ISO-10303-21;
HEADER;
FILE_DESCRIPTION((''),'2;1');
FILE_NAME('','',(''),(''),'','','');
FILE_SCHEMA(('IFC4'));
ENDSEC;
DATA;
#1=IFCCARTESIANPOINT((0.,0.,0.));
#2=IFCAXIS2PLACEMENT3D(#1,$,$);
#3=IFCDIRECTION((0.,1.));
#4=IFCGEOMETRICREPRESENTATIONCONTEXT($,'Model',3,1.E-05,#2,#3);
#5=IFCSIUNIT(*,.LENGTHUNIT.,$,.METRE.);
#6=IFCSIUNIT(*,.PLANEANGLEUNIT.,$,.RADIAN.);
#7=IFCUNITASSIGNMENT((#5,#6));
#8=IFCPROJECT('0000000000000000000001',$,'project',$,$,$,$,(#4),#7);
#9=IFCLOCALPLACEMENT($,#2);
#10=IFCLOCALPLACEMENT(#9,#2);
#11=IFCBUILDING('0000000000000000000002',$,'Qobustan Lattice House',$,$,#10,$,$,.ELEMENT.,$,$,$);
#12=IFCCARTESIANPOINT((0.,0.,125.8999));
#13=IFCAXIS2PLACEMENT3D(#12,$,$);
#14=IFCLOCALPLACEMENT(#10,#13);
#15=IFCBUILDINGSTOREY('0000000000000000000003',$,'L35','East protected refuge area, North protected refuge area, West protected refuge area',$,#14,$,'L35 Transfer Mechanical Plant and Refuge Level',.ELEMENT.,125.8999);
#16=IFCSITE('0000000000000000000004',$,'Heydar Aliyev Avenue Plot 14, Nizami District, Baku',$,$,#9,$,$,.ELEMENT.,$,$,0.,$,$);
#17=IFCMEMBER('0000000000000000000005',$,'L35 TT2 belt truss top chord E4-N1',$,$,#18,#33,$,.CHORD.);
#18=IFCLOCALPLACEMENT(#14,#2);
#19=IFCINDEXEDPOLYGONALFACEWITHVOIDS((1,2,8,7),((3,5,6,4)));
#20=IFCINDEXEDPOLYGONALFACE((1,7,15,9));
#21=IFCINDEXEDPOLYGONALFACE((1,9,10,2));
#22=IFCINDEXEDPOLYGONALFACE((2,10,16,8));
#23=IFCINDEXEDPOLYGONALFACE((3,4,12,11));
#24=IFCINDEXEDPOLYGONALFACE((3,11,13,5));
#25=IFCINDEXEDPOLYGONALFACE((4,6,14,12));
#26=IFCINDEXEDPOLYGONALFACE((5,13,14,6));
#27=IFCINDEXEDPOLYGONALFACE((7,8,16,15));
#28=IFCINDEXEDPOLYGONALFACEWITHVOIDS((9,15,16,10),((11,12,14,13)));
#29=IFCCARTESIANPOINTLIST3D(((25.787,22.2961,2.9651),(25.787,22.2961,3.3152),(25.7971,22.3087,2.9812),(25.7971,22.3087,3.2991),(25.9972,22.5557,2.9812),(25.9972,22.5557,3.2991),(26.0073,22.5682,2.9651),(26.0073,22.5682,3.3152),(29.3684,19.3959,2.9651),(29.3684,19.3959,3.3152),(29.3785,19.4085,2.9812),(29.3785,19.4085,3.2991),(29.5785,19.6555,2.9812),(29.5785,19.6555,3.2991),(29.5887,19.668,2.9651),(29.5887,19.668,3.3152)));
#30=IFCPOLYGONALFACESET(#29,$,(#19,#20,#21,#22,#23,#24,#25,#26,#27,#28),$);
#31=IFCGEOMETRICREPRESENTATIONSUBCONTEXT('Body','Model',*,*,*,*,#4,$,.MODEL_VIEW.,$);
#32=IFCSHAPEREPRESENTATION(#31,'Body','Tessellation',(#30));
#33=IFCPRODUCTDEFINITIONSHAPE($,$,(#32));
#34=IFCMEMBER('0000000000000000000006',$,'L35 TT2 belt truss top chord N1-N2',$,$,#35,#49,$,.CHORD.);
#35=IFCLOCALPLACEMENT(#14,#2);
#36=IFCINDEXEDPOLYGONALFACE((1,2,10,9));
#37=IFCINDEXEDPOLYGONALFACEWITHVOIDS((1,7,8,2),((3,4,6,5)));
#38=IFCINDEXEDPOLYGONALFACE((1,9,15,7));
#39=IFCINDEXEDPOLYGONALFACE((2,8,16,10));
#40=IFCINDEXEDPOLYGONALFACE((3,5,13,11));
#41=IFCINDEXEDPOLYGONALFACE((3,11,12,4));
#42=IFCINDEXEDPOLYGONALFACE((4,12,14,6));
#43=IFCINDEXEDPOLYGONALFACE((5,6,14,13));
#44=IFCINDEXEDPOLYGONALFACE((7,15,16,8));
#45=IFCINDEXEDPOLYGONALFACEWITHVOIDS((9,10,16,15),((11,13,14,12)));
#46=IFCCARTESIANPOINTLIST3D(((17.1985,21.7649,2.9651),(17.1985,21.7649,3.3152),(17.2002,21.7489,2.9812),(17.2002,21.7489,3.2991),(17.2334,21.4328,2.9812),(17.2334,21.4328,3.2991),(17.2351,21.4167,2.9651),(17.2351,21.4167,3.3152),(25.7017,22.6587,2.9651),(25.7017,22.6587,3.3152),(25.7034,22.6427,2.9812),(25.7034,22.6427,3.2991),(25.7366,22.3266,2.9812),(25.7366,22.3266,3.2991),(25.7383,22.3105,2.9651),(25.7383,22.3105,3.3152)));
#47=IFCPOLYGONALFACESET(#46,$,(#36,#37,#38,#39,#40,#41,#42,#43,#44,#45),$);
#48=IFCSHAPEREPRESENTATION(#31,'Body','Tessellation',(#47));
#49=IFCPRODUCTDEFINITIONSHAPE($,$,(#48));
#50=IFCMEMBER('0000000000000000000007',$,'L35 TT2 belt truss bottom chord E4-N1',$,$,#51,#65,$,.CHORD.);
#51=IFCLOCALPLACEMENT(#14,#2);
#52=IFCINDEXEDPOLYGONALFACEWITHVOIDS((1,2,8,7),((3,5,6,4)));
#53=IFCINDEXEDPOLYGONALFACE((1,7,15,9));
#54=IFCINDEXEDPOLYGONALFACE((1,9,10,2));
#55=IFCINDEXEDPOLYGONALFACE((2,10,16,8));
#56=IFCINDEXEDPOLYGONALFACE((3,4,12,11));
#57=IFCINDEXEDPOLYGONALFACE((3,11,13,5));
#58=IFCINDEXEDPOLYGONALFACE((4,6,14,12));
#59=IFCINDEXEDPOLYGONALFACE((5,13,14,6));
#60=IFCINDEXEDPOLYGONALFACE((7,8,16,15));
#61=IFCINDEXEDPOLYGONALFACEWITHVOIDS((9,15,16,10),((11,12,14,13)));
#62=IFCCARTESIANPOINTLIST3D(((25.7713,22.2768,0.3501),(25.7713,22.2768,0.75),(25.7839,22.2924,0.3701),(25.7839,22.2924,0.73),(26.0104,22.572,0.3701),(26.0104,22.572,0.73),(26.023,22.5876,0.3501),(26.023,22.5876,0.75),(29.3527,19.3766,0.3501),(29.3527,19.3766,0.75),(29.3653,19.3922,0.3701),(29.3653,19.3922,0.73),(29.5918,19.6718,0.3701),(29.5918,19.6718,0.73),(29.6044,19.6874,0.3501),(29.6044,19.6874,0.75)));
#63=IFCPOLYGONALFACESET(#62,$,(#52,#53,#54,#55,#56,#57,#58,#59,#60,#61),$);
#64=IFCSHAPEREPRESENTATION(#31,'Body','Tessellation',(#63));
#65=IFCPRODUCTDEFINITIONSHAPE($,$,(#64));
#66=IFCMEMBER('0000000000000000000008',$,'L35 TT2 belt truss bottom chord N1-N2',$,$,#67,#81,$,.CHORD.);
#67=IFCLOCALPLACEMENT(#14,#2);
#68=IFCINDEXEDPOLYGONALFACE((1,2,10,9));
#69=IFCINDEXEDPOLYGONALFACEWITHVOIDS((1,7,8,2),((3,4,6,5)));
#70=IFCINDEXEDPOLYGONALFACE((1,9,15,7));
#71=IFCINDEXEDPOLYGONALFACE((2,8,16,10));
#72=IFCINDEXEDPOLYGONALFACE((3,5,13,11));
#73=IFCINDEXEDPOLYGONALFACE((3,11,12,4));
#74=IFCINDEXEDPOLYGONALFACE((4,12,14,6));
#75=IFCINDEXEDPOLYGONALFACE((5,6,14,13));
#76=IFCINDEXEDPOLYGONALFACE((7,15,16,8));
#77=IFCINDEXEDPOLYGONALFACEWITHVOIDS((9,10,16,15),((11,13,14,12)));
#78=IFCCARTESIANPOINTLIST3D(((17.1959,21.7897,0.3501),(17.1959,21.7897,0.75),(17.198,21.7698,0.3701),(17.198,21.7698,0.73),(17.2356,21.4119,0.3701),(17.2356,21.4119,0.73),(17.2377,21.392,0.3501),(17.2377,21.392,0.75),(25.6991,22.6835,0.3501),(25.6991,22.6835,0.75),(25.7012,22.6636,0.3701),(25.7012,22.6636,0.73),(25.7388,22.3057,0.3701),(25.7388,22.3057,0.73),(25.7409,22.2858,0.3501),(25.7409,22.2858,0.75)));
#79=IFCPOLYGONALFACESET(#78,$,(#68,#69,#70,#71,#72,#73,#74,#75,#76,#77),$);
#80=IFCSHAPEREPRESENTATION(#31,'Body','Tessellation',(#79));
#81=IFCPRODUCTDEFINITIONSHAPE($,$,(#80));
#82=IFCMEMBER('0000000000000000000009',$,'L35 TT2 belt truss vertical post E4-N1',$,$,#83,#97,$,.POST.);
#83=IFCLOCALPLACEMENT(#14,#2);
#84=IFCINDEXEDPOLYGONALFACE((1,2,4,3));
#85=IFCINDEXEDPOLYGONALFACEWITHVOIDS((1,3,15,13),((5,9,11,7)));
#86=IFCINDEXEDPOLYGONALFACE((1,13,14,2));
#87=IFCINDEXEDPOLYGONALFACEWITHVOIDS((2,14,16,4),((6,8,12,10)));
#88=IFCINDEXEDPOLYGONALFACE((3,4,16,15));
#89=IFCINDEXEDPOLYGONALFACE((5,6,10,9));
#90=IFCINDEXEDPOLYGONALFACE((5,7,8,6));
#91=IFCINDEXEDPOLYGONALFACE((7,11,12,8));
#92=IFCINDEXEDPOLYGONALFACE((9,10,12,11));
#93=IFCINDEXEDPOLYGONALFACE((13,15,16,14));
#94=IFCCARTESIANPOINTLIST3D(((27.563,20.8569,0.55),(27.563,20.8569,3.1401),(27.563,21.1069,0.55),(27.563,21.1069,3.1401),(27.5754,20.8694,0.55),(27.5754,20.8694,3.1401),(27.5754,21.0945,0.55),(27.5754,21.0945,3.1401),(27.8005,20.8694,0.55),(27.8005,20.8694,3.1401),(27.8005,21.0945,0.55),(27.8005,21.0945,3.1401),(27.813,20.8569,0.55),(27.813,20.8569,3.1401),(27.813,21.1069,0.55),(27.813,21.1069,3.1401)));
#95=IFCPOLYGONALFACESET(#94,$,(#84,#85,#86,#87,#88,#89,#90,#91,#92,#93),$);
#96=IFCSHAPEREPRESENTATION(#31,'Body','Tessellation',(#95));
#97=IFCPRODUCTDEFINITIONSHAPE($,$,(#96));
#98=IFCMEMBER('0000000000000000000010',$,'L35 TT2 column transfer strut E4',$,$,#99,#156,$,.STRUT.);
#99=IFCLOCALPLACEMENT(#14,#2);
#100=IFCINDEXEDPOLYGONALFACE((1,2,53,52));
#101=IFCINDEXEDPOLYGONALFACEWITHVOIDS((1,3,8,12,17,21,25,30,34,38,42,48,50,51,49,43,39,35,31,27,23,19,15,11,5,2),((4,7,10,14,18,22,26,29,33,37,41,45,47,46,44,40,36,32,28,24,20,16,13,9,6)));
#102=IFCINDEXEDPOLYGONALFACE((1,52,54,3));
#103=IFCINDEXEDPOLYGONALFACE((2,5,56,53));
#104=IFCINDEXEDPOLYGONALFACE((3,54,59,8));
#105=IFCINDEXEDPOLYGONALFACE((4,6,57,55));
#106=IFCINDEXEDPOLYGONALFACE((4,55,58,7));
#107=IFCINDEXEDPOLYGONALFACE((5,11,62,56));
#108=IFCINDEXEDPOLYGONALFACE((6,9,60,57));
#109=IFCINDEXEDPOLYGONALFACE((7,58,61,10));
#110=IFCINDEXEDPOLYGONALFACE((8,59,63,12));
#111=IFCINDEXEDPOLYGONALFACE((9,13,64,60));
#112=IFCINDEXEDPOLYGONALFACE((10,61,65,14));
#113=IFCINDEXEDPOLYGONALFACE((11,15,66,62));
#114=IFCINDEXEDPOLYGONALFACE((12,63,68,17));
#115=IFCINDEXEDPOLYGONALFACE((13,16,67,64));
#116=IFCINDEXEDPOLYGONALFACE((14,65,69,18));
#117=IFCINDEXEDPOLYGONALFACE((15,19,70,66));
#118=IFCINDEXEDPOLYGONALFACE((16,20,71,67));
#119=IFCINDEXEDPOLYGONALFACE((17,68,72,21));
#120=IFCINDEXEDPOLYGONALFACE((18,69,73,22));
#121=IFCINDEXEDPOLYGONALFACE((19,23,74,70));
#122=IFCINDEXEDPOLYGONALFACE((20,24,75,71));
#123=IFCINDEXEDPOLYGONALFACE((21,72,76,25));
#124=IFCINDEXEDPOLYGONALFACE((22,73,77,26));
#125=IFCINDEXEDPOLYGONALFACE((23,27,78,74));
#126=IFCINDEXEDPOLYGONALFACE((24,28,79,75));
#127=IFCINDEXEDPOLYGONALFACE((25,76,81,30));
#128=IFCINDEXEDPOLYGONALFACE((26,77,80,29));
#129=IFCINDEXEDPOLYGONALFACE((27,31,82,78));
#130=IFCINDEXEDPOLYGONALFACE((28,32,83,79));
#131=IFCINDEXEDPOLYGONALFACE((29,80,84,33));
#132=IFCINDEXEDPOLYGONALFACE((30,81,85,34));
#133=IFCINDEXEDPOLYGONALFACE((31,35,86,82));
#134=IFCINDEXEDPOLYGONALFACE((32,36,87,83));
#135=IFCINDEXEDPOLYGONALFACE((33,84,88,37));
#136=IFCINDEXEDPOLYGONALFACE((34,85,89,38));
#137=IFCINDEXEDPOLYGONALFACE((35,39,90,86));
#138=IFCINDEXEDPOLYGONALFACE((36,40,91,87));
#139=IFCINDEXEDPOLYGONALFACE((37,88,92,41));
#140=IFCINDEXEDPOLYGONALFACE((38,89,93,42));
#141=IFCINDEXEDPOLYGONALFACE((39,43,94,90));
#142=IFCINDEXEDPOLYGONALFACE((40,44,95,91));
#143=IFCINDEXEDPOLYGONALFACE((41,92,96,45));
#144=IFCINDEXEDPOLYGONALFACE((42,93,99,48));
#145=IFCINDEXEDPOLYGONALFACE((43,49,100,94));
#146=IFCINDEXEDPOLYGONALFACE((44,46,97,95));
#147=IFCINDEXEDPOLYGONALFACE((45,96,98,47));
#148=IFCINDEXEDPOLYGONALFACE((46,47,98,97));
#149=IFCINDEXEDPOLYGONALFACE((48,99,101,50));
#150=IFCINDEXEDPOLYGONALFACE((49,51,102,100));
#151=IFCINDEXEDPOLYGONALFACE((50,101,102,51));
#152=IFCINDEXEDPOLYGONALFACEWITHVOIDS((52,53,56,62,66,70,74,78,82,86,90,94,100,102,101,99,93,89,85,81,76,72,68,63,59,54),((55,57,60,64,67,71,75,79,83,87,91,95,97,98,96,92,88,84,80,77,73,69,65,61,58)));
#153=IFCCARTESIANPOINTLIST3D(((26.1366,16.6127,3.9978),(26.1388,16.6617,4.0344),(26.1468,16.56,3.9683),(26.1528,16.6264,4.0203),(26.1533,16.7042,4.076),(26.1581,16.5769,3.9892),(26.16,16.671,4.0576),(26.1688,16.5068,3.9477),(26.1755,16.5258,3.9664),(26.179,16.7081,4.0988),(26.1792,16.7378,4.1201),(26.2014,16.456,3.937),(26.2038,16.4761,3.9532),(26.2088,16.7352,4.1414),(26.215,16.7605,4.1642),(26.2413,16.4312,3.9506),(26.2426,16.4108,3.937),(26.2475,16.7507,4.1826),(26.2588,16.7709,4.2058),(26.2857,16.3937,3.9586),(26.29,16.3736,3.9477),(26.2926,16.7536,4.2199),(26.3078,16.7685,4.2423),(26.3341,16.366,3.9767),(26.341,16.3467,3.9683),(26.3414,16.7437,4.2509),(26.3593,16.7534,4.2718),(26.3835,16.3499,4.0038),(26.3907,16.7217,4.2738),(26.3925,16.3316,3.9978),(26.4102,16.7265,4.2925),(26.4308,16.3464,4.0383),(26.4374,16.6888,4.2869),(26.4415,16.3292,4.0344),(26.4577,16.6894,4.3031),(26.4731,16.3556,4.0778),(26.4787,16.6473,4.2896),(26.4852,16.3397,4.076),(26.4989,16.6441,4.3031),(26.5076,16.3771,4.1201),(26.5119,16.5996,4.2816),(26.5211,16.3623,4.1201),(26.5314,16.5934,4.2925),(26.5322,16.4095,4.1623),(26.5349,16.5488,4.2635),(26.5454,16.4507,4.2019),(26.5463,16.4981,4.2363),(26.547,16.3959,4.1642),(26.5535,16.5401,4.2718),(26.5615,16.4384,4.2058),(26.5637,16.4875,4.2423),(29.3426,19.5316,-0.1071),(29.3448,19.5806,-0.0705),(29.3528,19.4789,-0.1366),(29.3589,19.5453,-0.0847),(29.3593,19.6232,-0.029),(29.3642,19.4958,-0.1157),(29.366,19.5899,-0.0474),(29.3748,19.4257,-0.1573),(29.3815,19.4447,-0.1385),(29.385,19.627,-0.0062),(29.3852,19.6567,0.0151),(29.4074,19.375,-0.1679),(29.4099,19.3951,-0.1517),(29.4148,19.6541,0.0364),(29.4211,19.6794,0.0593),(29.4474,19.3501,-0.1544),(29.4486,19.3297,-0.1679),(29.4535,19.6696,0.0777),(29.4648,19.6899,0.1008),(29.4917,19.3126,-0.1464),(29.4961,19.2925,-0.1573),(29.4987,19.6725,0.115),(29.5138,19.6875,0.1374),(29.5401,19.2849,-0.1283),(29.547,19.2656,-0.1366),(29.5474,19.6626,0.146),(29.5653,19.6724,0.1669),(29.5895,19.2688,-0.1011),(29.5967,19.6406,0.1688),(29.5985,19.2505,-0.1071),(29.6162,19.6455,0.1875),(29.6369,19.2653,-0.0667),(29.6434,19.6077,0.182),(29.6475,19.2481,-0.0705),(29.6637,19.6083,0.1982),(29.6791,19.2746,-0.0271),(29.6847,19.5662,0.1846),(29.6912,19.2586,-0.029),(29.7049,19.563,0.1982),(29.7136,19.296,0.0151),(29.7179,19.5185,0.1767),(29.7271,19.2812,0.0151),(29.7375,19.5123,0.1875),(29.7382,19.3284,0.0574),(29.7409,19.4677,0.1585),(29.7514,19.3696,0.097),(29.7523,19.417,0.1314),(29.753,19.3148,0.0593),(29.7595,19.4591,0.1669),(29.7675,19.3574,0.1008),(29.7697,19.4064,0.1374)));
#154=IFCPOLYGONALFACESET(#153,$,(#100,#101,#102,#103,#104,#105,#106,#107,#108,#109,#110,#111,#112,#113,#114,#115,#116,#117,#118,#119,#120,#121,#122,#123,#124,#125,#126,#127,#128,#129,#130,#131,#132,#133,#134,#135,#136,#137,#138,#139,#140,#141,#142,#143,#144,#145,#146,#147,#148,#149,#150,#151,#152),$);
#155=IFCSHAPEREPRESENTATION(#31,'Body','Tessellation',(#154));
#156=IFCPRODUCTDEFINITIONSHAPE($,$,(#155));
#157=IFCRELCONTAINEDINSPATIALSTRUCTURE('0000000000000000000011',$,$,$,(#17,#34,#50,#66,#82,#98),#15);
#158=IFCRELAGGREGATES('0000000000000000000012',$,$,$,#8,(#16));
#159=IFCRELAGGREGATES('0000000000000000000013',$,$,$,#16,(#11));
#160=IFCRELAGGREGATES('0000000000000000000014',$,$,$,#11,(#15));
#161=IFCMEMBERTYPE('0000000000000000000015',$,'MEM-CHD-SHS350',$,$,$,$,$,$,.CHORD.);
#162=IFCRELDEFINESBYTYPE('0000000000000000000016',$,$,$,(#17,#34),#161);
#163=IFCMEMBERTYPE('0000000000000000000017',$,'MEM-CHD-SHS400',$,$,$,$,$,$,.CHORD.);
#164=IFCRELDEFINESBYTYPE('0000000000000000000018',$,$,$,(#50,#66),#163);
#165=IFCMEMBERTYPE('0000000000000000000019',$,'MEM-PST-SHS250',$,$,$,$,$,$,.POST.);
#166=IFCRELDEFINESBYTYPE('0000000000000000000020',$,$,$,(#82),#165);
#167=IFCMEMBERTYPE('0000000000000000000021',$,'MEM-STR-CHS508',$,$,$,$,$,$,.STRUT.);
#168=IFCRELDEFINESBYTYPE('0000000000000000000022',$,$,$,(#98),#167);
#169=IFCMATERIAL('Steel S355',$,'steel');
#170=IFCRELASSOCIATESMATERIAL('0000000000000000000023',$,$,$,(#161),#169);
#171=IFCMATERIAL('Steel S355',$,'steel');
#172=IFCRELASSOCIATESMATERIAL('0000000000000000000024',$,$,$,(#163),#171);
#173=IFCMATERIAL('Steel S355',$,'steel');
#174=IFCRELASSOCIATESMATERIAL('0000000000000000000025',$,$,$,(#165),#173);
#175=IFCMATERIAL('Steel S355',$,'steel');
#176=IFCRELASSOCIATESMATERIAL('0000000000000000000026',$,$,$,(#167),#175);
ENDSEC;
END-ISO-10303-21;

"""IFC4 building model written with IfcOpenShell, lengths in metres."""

from ifc_helpers import new_model, si_unit, direction, frame, origin, origin_2d, place, context, subcontext, project, spatial, hollow_rectangle, hollow_circle, extrude, material, material_profile, profile_set, type_object, element, save


model = new_model("IFC4")

# Units and contexts
model_context = context("Model", 3, precision=1e-05, world=origin(), true_north=direction((0.0, 1.0)))
body_context = subcontext(model_context, "Body", "Model", "MODEL_VIEW")
ifc_project = project(units=[si_unit("LENGTHUNIT", "METRE"), si_unit("PLANEANGLEUNIT", "RADIAN")], contexts=[model_context])

# Site, building, storey
site_placement = place(None, origin())
site = spatial("IfcSite", under=ifc_project, at=site_placement, Name="Heydar Aliyev Avenue Plot 14, Nizami District, Baku", CompositionType="ELEMENT", RefElevation=0.0)
building_placement = place(site_placement, origin())
building = spatial("IfcBuilding", under=site, at=building_placement, Name="Qobustan Lattice House", CompositionType="ELEMENT")
storey_placement = place(building_placement, frame((0.0, 0.0, 125.8999)))
storey = spatial("IfcBuildingStorey", under=building, at=storey_placement, Name="L35", Description="East protected refuge area, North protected refuge area, West protected refuge area", LongName="L35 Transfer Mechanical Plant and Refuge Level", CompositionType="ELEMENT", Elevation=125.8999)

# Members
ifc_material_1 = material(Name="Steel S355", Category="steel")
ifc_material_profile_1 = material_profile(ifc_material_1, hollow_rectangle(XDim=0.3501, YDim=0.3501, WallThickness=0.0161, at=origin_2d()), Name="SHS350x350x16")
ifc_profile_set_1 = profile_set([ifc_material_profile_1], Name="Steel S355")
member_type_1 = type_object("IfcMemberType", Name="MEM-CHD-SHS350", PredefinedType="CHORD", material=ifc_profile_set_1)
member_1_placement = place(storey_placement, frame((29.4785, 19.532, 3.1401), z_axis=(-0.777139, 0.629329, 0.0), x_axis=(-0.629329, -0.777139, 0.0)))
element("IfcMember", 1, at=member_1_placement, inside=storey, type_object=member_type_1, Name="L35 TT2 belt truss top chord E4-N1", PredefinedType="CHORD", context=body_context, shape_type="SweptSolid", body=[
    extrude(hollow_rectangle(XDim=0.3501, YDim=0.3501, WallThickness=0.0161, at=origin_2d()), origin(), (0.0, 0.0, 1.0), 4.6084),
])
member_2_placement = place(storey_placement, frame((25.72, 22.4846, 3.1401), z_axis=(-0.994521, -0.104538, 0.0), x_axis=(0.104538, -0.994521, 0.0)))
element("IfcMember", 2, at=member_2_placement, inside=storey, type_object=member_type_1, Name="L35 TT2 belt truss top chord N1-N2", PredefinedType="CHORD", context=body_context, shape_type="SweptSolid", body=[
    extrude(hollow_rectangle(XDim=0.3501, YDim=0.3501, WallThickness=0.0161, at=origin_2d()), origin(), (0.0, 0.0, 1.0), 8.55),
])
ifc_material_2 = material(Name="Steel S355", Category="steel")
ifc_material_profile_2 = material_profile(ifc_material_2, hollow_rectangle(XDim=0.3999, YDim=0.3999, WallThickness=0.02, at=origin_2d()), Name="SHS400x400x20")
ifc_profile_set_2 = profile_set([ifc_material_profile_2], Name="Steel S355")
member_type_2 = type_object("IfcMemberType", Name="MEM-CHD-SHS400", PredefinedType="CHORD", material=ifc_profile_set_2)
member_3_placement = place(storey_placement, frame((29.4785, 19.532, 0.55), z_axis=(-0.777139, 0.629329, 0.0), x_axis=(-0.629329, -0.777139, 0.0)))
element("IfcMember", 3, at=member_3_placement, inside=storey, type_object=member_type_2, Name="L35 TT2 belt truss bottom chord E4-N1", PredefinedType="CHORD", context=body_context, shape_type="SweptSolid", body=[
    extrude(hollow_rectangle(XDim=0.3999, YDim=0.3999, WallThickness=0.02, at=origin_2d()), origin(), (0.0, 0.0, 1.0), 4.6084),
])
member_4_placement = place(storey_placement, frame((25.72, 22.4846, 0.55), z_axis=(-0.994521, -0.104538, 0.0), x_axis=(0.104538, -0.994521, 0.0)))
element("IfcMember", 4, at=member_4_placement, inside=storey, type_object=member_type_2, Name="L35 TT2 belt truss bottom chord N1-N2", PredefinedType="CHORD", context=body_context, shape_type="SweptSolid", body=[
    extrude(hollow_rectangle(XDim=0.3999, YDim=0.3999, WallThickness=0.02, at=origin_2d()), origin(), (0.0, 0.0, 1.0), 8.55),
])
ifc_material_3 = material(Name="Steel S355", Category="steel")
ifc_material_profile_3 = material_profile(ifc_material_3, hollow_rectangle(XDim=0.25, YDim=0.25, WallThickness=0.0125, at=origin_2d()), Name="SHS250x250x12.5")
ifc_profile_set_3 = profile_set([ifc_material_profile_3], Name="Steel S355")
member_type_3 = type_object("IfcMemberType", Name="MEM-PST-SHS250", PredefinedType="POST", material=ifc_profile_set_3)
member_5_placement = place(storey_placement, frame((27.688, 20.9819, 0.55), z_axis=(0.0, 0.0, 1.0), x_axis=(1.0, 0.0, 0.0)))
element("IfcMember", 5, at=member_5_placement, inside=storey, type_object=member_type_3, Name="L35 TT2 belt truss vertical post E4-N1", PredefinedType="POST", context=body_context, shape_type="SweptSolid", body=[
    extrude(hollow_rectangle(XDim=0.25, YDim=0.25, WallThickness=0.0125, at=origin_2d()), origin(), (0.0, 0.0, 1.0), 2.5901),
])
ifc_material_4 = material(Name="Steel S355", Category="steel")
ifc_material_profile_4 = material_profile(ifc_material_4, hollow_circle(Radius=0.2539, WallThickness=0.02, at=origin_2d()), Name="CHS508x20")
ifc_profile_set_4 = profile_set([ifc_material_profile_4], Name="Steel S355")
member_type_4 = type_object("IfcMemberType", Name="MEM-STR-CHS508", PredefinedType="STRUT", material=ifc_profile_set_4)
member_6_placement = place(storey_placement, frame((29.5562, 19.469, 0.0151), z_axis=(-0.53696, -0.488874, 0.687515), x_axis=(0.673222, -0.73944, 0.0)))
element("IfcMember", 6, at=member_6_placement, inside=storey, type_object=member_type_4, Name="L35 TT2 column transfer strut E4", PredefinedType="STRUT", context=body_context, shape_type="SweptSolid", body=[
    extrude(hollow_circle(Radius=0.2539, WallThickness=0.02, at=origin_2d()), origin(), (0.0, 0.0, 1.0), 5.9707),
])

save(model, "model.ifc")
